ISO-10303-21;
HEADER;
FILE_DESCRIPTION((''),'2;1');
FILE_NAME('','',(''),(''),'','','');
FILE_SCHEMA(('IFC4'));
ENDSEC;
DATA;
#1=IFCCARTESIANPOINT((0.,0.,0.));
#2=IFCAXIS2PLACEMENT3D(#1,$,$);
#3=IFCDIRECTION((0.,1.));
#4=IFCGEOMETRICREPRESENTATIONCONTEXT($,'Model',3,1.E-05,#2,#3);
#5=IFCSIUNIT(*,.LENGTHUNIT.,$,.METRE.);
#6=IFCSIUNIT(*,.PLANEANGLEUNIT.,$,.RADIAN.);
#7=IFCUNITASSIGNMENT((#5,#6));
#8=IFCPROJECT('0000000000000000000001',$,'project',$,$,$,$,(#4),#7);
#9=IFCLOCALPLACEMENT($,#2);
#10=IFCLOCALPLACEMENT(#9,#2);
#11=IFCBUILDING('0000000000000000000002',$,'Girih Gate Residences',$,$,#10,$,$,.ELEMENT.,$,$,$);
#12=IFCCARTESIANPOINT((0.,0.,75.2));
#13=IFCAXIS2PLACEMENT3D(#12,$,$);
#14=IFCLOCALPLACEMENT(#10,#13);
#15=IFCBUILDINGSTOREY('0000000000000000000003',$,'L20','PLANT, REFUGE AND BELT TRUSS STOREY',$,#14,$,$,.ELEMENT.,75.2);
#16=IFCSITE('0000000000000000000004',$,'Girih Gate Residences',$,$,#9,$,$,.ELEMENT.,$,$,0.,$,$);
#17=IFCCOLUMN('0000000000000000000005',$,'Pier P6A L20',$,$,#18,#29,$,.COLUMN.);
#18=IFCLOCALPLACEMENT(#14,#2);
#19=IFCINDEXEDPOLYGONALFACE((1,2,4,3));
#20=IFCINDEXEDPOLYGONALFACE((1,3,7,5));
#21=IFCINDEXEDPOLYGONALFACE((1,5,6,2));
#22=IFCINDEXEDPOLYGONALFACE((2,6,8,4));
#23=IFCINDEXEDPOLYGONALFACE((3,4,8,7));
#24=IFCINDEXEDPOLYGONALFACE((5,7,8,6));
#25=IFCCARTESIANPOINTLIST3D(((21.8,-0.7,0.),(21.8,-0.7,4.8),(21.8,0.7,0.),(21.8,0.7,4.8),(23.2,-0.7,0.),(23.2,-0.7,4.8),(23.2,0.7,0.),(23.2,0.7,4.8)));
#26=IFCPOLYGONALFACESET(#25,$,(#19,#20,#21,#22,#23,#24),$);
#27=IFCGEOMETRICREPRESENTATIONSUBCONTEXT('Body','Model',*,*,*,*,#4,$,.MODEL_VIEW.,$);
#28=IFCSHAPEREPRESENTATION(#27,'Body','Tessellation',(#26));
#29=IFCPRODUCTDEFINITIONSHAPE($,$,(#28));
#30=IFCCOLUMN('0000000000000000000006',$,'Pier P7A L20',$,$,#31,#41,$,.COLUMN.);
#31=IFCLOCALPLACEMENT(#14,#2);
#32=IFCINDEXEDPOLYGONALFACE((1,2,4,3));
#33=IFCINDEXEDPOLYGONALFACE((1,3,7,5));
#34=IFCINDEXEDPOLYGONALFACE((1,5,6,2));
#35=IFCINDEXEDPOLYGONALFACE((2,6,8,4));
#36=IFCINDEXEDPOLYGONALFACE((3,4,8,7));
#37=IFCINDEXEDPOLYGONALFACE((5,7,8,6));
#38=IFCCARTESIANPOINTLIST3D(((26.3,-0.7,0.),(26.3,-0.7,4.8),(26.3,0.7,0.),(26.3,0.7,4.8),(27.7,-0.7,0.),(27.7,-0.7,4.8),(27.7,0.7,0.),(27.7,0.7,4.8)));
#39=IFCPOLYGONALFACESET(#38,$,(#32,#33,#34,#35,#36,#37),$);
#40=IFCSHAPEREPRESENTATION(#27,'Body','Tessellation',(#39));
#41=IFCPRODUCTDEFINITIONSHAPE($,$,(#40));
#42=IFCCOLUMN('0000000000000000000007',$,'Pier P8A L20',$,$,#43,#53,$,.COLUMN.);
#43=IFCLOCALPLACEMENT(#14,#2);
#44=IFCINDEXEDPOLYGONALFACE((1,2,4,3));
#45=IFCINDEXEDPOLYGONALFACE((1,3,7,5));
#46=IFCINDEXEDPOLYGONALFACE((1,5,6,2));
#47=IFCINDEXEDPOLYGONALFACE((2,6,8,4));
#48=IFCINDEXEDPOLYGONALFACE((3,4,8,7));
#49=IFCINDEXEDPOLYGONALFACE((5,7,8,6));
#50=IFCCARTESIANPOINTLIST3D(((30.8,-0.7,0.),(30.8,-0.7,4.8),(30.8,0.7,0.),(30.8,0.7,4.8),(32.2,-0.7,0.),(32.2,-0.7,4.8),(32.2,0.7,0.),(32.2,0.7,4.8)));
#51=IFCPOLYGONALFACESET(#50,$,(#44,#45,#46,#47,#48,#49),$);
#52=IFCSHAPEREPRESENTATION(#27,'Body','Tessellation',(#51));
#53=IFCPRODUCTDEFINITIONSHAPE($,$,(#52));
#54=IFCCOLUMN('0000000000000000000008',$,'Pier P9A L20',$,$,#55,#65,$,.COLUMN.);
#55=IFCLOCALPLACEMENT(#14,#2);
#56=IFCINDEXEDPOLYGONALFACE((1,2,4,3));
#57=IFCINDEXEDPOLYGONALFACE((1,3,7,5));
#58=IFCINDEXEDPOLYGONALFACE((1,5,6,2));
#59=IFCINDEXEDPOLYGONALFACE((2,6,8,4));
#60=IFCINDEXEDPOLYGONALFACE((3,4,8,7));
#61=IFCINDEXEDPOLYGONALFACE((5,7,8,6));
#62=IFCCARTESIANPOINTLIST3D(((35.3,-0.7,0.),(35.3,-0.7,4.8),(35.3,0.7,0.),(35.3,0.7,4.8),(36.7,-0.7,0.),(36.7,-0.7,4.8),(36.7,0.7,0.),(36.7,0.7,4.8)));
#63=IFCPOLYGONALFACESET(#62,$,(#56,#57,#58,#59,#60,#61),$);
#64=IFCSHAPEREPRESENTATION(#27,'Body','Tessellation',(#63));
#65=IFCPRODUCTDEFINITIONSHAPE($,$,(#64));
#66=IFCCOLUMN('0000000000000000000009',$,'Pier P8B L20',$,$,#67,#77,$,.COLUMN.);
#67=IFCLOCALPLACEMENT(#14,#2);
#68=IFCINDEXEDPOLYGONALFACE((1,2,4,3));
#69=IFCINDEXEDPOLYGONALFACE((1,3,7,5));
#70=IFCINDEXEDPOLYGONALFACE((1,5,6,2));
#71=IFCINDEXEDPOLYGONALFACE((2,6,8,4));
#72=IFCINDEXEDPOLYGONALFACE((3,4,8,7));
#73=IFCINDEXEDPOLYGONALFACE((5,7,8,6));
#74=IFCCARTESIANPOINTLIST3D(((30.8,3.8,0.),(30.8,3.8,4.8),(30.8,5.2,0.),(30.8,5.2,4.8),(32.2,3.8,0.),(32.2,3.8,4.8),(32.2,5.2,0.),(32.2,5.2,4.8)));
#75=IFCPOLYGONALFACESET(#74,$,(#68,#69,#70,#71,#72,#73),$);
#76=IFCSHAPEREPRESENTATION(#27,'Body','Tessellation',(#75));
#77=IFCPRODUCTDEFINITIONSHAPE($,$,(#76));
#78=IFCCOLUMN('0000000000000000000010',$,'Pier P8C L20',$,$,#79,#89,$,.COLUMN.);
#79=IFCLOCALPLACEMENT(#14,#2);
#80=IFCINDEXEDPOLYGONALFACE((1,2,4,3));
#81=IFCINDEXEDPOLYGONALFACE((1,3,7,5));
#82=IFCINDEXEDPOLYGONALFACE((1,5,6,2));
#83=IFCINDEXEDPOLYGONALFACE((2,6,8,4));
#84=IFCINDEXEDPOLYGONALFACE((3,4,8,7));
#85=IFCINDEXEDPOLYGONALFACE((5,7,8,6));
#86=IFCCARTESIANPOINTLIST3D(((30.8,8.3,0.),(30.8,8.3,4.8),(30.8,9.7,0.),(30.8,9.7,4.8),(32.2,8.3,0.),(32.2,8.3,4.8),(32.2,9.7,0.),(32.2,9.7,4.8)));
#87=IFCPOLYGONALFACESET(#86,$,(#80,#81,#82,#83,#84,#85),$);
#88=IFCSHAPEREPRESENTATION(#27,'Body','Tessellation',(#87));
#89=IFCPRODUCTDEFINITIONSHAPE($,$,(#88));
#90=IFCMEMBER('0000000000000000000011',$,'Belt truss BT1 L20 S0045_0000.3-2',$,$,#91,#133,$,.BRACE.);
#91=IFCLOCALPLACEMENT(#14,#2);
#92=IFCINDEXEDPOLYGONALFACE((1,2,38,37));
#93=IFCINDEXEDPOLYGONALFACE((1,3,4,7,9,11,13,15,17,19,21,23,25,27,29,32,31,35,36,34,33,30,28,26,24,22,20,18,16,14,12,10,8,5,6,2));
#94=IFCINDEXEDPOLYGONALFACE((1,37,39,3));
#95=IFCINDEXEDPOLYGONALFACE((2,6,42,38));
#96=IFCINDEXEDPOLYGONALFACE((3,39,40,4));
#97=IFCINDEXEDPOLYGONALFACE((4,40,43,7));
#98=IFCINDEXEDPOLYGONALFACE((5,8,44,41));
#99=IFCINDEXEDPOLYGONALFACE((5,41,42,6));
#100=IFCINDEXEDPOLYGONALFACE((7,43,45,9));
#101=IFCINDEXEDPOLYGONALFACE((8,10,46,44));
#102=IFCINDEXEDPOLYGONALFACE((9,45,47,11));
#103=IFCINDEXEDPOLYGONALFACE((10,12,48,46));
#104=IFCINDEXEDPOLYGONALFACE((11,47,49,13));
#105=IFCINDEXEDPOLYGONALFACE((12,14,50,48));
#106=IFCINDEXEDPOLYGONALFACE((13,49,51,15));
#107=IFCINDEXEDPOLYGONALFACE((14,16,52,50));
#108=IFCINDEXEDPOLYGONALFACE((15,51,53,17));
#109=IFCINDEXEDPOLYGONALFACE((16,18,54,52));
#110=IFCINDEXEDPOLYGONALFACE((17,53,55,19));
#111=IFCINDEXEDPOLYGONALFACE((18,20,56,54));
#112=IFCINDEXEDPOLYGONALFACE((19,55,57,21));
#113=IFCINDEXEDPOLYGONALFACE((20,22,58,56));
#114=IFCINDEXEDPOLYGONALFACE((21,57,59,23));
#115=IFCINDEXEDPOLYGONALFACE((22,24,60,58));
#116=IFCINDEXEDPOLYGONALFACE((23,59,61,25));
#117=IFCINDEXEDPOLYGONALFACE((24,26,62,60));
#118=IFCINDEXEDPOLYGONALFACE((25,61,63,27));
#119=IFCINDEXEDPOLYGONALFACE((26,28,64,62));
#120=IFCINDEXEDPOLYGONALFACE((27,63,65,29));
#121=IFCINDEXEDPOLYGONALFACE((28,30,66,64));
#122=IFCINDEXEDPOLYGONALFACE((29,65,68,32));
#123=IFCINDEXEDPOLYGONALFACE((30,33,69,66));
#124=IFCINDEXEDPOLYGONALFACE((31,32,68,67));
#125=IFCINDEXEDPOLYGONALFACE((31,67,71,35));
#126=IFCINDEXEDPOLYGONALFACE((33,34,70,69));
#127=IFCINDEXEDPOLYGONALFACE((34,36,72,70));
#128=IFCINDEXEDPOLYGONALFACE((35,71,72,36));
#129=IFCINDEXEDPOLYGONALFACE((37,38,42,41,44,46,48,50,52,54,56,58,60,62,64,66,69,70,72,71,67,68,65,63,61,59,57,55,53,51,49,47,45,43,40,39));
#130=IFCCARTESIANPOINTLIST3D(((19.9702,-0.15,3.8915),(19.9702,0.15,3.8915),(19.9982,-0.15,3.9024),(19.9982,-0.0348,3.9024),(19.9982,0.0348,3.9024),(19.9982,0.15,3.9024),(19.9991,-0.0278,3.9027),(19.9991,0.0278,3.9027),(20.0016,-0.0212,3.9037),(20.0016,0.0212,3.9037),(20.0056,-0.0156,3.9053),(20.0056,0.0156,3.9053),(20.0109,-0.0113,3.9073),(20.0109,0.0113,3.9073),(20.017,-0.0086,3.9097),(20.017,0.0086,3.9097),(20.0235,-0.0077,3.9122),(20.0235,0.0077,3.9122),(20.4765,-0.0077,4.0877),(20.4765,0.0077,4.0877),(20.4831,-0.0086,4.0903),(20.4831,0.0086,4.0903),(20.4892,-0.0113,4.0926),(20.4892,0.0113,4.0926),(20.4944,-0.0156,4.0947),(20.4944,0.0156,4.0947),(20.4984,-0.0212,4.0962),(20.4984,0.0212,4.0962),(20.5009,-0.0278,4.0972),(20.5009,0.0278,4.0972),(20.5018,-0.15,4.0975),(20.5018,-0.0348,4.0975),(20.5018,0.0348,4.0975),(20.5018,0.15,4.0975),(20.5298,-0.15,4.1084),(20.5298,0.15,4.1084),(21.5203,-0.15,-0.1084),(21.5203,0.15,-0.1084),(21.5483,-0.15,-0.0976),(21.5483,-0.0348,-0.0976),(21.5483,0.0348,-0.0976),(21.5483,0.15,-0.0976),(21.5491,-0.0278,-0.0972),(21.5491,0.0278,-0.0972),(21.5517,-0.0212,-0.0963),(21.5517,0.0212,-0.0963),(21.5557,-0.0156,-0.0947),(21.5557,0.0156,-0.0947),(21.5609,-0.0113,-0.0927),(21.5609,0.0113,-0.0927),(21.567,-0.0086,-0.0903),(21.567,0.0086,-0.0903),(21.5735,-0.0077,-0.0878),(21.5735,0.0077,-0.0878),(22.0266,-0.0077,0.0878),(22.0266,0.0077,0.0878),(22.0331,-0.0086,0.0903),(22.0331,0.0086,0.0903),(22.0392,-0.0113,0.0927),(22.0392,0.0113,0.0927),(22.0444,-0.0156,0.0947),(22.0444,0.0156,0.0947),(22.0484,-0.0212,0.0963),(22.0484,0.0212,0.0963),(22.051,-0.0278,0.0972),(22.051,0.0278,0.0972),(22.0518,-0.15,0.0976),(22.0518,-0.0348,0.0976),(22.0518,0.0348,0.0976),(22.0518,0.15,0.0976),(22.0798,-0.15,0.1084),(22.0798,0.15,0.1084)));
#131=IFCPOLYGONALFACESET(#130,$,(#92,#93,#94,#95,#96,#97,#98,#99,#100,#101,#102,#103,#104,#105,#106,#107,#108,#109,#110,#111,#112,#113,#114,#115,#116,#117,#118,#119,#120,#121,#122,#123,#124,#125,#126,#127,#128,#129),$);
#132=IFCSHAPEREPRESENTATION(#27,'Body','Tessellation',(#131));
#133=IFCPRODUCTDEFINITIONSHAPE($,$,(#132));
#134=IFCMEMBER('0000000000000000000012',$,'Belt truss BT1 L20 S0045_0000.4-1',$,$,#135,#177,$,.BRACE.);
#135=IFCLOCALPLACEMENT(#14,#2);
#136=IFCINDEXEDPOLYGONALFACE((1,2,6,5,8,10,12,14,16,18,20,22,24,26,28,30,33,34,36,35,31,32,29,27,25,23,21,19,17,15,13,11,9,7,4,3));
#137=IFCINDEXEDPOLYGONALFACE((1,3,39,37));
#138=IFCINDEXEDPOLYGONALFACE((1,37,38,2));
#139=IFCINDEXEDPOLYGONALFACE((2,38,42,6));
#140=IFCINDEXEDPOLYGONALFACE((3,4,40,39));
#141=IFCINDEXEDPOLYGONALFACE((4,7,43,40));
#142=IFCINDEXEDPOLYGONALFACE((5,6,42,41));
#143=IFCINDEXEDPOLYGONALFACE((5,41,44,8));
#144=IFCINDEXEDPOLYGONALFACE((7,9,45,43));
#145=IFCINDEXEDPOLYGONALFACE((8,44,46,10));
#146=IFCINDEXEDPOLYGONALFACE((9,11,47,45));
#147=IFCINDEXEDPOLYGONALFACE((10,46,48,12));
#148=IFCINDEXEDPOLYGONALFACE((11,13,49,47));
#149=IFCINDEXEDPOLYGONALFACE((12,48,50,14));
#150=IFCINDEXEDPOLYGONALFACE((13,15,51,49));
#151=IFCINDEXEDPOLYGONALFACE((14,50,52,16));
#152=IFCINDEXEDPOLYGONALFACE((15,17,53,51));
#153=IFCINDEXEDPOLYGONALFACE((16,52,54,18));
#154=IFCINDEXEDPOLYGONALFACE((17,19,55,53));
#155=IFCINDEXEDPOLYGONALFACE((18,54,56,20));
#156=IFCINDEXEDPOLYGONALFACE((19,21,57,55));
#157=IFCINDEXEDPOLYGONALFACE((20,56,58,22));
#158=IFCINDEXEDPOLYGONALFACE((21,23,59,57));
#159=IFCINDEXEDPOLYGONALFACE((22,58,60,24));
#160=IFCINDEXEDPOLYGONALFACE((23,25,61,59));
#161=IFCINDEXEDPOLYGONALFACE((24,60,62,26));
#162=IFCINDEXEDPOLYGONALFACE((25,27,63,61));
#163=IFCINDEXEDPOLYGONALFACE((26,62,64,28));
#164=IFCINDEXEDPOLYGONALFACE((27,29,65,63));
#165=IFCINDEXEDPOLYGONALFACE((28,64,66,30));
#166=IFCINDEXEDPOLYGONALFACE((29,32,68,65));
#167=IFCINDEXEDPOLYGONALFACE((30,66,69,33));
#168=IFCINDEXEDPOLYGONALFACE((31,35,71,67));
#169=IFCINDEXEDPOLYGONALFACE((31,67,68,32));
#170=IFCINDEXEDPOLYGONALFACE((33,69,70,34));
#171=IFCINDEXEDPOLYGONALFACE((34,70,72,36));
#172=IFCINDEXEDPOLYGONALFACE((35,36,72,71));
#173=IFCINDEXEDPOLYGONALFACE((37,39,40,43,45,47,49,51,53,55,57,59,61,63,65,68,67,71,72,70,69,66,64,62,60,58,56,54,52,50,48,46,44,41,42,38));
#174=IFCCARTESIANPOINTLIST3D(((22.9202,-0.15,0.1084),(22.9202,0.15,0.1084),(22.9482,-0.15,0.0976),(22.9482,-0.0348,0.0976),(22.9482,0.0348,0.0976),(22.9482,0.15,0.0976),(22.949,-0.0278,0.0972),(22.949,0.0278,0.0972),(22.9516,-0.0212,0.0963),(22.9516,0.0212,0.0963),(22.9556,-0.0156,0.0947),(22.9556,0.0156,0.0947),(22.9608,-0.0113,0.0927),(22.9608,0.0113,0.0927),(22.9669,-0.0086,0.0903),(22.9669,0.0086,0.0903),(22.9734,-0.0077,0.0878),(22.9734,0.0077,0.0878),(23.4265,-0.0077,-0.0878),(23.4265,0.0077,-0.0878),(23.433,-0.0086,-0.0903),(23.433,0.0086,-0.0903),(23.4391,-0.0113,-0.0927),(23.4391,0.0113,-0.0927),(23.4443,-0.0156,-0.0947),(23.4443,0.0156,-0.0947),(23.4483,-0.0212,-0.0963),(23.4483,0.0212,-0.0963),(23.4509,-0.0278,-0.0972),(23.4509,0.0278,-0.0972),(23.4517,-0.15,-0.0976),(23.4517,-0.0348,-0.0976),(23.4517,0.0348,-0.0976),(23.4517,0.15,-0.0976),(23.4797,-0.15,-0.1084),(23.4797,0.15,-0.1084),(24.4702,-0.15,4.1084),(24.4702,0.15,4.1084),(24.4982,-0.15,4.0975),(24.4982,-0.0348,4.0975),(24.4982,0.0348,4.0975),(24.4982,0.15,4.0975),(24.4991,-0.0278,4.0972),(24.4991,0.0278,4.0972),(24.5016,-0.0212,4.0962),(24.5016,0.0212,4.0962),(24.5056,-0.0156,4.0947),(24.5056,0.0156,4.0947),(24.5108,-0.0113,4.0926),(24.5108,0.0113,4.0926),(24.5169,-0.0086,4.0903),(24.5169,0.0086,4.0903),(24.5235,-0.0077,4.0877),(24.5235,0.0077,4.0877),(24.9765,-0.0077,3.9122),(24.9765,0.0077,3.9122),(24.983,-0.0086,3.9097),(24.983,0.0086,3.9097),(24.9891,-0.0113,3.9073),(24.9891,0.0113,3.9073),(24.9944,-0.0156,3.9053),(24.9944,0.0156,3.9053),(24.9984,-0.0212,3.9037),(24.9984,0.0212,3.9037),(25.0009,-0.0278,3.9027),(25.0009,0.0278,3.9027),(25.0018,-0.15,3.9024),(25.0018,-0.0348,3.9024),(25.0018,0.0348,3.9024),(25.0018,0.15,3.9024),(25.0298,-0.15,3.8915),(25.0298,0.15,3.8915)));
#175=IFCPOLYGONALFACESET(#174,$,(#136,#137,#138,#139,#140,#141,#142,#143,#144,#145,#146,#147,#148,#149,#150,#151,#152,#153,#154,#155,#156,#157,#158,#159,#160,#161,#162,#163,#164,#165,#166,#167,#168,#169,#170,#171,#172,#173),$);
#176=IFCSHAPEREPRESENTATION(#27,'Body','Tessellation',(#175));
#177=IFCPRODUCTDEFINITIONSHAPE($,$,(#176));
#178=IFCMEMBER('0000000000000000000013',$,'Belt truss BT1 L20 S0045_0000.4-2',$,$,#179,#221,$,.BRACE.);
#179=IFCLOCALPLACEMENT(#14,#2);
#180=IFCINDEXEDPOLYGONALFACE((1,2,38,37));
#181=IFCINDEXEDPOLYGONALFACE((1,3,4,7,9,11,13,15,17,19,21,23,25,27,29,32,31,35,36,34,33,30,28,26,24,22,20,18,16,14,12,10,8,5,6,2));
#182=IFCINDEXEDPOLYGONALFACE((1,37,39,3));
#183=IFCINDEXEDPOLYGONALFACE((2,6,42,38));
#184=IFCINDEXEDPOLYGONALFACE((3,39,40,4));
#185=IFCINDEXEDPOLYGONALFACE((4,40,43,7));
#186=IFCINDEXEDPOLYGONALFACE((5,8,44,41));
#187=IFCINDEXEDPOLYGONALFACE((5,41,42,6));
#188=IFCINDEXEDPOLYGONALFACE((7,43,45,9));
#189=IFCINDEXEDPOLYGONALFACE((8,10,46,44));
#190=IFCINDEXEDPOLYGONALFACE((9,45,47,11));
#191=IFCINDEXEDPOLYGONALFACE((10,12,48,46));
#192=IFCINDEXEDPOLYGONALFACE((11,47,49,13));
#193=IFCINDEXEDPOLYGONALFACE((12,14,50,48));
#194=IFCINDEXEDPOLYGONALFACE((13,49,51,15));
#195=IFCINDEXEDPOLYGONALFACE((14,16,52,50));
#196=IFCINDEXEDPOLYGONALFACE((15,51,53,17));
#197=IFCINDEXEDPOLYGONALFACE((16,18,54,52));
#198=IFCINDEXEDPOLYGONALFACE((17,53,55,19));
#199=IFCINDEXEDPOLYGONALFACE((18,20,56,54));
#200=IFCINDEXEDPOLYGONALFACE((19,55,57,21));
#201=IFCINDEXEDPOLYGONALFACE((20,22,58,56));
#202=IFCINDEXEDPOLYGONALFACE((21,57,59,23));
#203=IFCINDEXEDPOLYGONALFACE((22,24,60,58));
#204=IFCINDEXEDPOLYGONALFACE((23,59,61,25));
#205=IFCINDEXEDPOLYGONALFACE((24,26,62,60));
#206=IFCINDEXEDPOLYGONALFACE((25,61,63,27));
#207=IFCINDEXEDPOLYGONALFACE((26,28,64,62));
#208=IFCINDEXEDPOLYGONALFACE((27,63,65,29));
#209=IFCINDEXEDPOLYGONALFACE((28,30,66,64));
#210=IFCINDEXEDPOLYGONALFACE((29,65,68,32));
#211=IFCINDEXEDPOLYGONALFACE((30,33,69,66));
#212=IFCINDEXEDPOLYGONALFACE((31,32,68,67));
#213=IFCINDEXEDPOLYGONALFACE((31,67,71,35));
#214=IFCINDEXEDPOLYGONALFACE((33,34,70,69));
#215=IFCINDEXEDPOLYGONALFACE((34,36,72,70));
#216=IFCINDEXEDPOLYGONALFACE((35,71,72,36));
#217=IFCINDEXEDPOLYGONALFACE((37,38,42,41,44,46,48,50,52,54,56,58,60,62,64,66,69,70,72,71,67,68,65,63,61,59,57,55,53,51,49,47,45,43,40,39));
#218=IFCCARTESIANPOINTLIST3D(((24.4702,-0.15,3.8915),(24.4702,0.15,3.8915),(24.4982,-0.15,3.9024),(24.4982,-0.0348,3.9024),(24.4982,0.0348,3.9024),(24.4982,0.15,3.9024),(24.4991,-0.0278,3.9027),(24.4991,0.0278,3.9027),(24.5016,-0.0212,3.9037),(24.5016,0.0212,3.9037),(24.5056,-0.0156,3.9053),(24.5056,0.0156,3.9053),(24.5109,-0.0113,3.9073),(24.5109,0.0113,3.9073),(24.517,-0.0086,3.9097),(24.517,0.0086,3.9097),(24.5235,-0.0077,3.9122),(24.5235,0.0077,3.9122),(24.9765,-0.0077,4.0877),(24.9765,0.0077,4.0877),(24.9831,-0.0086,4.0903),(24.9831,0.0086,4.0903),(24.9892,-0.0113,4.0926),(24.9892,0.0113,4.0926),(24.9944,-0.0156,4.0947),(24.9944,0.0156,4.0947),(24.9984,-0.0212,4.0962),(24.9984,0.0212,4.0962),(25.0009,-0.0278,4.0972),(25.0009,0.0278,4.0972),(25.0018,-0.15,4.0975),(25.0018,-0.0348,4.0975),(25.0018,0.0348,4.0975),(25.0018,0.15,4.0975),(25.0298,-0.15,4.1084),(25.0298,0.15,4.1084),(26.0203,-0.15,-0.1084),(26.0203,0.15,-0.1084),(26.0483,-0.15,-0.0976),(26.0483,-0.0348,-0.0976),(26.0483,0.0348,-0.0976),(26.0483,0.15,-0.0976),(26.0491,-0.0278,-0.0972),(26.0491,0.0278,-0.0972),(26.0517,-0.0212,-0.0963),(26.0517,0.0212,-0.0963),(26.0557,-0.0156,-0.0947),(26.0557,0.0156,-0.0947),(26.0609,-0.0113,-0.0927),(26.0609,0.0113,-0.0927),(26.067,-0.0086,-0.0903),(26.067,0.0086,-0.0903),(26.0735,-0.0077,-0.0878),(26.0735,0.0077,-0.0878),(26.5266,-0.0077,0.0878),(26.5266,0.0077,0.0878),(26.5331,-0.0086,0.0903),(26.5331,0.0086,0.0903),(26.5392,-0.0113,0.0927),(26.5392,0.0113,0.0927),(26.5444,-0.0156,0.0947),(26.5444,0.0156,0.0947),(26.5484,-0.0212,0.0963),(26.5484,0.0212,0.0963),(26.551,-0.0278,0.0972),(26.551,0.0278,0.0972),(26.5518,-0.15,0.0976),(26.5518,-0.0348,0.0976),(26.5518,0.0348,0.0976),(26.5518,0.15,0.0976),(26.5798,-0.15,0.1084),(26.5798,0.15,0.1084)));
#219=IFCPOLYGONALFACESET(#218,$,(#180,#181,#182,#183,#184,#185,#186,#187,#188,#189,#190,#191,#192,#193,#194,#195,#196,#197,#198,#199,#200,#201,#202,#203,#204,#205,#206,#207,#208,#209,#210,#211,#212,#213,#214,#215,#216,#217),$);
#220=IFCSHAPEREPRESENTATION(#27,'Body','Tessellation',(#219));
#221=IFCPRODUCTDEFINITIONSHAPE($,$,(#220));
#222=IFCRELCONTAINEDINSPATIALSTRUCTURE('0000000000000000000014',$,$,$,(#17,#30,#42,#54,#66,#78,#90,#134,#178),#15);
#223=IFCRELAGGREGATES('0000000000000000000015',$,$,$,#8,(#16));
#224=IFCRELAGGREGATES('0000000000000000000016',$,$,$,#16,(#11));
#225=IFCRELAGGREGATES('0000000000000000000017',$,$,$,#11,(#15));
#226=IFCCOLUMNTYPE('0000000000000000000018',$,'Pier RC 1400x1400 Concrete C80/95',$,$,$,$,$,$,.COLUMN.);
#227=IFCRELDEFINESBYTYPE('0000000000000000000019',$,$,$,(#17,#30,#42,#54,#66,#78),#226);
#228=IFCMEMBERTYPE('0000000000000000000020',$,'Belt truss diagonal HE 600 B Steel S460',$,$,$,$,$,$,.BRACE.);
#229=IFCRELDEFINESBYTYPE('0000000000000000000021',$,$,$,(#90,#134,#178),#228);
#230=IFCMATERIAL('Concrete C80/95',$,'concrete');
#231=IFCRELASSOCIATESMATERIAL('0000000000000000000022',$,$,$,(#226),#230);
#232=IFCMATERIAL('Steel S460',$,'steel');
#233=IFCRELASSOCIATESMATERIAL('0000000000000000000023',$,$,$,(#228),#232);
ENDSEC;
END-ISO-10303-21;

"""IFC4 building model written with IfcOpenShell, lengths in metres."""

from ifc_helpers import new_model, si_unit, direction, frame, origin, origin_2d, place, context, subcontext, project, spatial, rectangle, i_section, extrude, material, material_profile, profile_set, type_object, element, save


model = new_model("IFC4")

# Units and contexts
model_context = context("Model", 3, precision=1e-05, world=origin(), true_north=direction((0.0, 1.0)))
body_context = subcontext(model_context, "Body", "Model", "MODEL_VIEW")
ifc_project = project(units=[si_unit("LENGTHUNIT", "METRE"), si_unit("PLANEANGLEUNIT", "RADIAN")], contexts=[model_context])

# Site, building, storey
site_placement = place(None, origin())
site = spatial("IfcSite", under=ifc_project, at=site_placement, Name="Girih Gate Residences", CompositionType="ELEMENT", RefElevation=0.0)
building_placement = place(site_placement, origin())
building = spatial("IfcBuilding", under=site, at=building_placement, Name="Girih Gate Residences", CompositionType="ELEMENT")
storey_placement = place(building_placement, frame((0.0, 0.0, 75.2)))
storey = spatial("IfcBuildingStorey", under=building, at=storey_placement, Name="L20", Description="PLANT, REFUGE AND BELT TRUSS STOREY", CompositionType="ELEMENT", Elevation=75.2)

# Columns
ifc_material_1 = material(Name="Concrete C80/95", Category="concrete")
ifc_material_profile_1 = material_profile(ifc_material_1, rectangle(XDim=1.3999, YDim=1.3999, at=origin_2d()))
ifc_profile_set_1 = profile_set([ifc_material_profile_1], Name="Concrete C80/95")
column_type = type_object("IfcColumnType", Name="Pier RC 1400x1400 Concrete C80/95", PredefinedType="COLUMN", material=ifc_profile_set_1)
for number, where, z_axis, x_axis, name in (
    (1, (22.5, 0.0, 0.0), (0.0, 0.0, 1.0), (1.0, 0.0, 0.0), "Pier P6A L20"),
    (2, (27.0, 0.0, 0.0), (0.0, 0.0, 1.0), (1.0, 0.0, 0.0), "Pier P7A L20"),
    (3, (31.5, 0.0, 0.0), (0.0, 0.0, 1.0), (1.0, 0.0, 0.0), "Pier P8A L20"),
    (4, (36.0, 0.0, 0.0), (0.0, 0.0, 1.0), (1.0, 0.0, 0.0), "Pier P9A L20"),
    (5, (31.5, 4.5, 0.0), (0.0, 0.0, 1.0), (1.0, 0.0, 0.0), "Pier P8B L20"),
    (6, (31.5, 9.0, 0.0), (0.0, 0.0, 1.0), (1.0, 0.0, 0.0), "Pier P8C L20"),
):
    element("IfcColumn", number, at=place(storey_placement, frame(where, z_axis=z_axis, x_axis=x_axis)), inside=storey, type_object=column_type, Name=name, PredefinedType="COLUMN", context=body_context, shape_type="SweptSolid", body=[
        extrude(rectangle(XDim=1.3999, YDim=1.3999, at=origin_2d()), origin(), (0.0, 0.0, 1.0), 4.8),
    ])

# Members
ifc_material_2 = material(Name="Steel S460", Category="steel")
ifc_material_profile_2 = material_profile(ifc_material_2, i_section(OverallWidth=0.3, OverallDepth=0.6001, WebThickness=0.0154, FlangeThickness=0.03, FilletRadius=0.0271, at=origin_2d()))
ifc_profile_set_2 = profile_set([ifc_material_profile_2], Name="Steel S460")
member_type = type_object("IfcMemberType", Name="Belt truss diagonal HE 600 B Steel S460", PredefinedType="BRACE", material=ifc_profile_set_2)
for number, where, z_axis, x_axis, name in (
    (7, (21.8, 0.0, 0.0), (-0.361331, 0.0, 0.932438), (0.0, -1.0, 0.0), "Belt truss BT1 L20 S0045_0000.3-2"),
    (8, (23.2, 0.0, 0.0), (0.361331, 0.0, 0.932438), (0.0, 1.0, 0.0), "Belt truss BT1 L20 S0045_0000.4-1"),
    (9, (26.3, 0.0, 0.0), (-0.361331, 0.0, 0.932438), (0.0, -1.0, 0.0), "Belt truss BT1 L20 S0045_0000.4-2"),
):
    element("IfcMember", number, at=place(storey_placement, frame(where, z_axis=z_axis, x_axis=x_axis)), inside=storey, type_object=member_type, Name=name, PredefinedType="BRACE", context=body_context, shape_type="SweptSolid", body=[
        extrude(i_section(OverallWidth=0.3, OverallDepth=0.6001, WebThickness=0.0154, FlangeThickness=0.03, FilletRadius=0.0271, at=origin_2d()), origin(), (0.0, 0.0, 1.0), 4.2898),
    ])

save(model, "model.ifc")
